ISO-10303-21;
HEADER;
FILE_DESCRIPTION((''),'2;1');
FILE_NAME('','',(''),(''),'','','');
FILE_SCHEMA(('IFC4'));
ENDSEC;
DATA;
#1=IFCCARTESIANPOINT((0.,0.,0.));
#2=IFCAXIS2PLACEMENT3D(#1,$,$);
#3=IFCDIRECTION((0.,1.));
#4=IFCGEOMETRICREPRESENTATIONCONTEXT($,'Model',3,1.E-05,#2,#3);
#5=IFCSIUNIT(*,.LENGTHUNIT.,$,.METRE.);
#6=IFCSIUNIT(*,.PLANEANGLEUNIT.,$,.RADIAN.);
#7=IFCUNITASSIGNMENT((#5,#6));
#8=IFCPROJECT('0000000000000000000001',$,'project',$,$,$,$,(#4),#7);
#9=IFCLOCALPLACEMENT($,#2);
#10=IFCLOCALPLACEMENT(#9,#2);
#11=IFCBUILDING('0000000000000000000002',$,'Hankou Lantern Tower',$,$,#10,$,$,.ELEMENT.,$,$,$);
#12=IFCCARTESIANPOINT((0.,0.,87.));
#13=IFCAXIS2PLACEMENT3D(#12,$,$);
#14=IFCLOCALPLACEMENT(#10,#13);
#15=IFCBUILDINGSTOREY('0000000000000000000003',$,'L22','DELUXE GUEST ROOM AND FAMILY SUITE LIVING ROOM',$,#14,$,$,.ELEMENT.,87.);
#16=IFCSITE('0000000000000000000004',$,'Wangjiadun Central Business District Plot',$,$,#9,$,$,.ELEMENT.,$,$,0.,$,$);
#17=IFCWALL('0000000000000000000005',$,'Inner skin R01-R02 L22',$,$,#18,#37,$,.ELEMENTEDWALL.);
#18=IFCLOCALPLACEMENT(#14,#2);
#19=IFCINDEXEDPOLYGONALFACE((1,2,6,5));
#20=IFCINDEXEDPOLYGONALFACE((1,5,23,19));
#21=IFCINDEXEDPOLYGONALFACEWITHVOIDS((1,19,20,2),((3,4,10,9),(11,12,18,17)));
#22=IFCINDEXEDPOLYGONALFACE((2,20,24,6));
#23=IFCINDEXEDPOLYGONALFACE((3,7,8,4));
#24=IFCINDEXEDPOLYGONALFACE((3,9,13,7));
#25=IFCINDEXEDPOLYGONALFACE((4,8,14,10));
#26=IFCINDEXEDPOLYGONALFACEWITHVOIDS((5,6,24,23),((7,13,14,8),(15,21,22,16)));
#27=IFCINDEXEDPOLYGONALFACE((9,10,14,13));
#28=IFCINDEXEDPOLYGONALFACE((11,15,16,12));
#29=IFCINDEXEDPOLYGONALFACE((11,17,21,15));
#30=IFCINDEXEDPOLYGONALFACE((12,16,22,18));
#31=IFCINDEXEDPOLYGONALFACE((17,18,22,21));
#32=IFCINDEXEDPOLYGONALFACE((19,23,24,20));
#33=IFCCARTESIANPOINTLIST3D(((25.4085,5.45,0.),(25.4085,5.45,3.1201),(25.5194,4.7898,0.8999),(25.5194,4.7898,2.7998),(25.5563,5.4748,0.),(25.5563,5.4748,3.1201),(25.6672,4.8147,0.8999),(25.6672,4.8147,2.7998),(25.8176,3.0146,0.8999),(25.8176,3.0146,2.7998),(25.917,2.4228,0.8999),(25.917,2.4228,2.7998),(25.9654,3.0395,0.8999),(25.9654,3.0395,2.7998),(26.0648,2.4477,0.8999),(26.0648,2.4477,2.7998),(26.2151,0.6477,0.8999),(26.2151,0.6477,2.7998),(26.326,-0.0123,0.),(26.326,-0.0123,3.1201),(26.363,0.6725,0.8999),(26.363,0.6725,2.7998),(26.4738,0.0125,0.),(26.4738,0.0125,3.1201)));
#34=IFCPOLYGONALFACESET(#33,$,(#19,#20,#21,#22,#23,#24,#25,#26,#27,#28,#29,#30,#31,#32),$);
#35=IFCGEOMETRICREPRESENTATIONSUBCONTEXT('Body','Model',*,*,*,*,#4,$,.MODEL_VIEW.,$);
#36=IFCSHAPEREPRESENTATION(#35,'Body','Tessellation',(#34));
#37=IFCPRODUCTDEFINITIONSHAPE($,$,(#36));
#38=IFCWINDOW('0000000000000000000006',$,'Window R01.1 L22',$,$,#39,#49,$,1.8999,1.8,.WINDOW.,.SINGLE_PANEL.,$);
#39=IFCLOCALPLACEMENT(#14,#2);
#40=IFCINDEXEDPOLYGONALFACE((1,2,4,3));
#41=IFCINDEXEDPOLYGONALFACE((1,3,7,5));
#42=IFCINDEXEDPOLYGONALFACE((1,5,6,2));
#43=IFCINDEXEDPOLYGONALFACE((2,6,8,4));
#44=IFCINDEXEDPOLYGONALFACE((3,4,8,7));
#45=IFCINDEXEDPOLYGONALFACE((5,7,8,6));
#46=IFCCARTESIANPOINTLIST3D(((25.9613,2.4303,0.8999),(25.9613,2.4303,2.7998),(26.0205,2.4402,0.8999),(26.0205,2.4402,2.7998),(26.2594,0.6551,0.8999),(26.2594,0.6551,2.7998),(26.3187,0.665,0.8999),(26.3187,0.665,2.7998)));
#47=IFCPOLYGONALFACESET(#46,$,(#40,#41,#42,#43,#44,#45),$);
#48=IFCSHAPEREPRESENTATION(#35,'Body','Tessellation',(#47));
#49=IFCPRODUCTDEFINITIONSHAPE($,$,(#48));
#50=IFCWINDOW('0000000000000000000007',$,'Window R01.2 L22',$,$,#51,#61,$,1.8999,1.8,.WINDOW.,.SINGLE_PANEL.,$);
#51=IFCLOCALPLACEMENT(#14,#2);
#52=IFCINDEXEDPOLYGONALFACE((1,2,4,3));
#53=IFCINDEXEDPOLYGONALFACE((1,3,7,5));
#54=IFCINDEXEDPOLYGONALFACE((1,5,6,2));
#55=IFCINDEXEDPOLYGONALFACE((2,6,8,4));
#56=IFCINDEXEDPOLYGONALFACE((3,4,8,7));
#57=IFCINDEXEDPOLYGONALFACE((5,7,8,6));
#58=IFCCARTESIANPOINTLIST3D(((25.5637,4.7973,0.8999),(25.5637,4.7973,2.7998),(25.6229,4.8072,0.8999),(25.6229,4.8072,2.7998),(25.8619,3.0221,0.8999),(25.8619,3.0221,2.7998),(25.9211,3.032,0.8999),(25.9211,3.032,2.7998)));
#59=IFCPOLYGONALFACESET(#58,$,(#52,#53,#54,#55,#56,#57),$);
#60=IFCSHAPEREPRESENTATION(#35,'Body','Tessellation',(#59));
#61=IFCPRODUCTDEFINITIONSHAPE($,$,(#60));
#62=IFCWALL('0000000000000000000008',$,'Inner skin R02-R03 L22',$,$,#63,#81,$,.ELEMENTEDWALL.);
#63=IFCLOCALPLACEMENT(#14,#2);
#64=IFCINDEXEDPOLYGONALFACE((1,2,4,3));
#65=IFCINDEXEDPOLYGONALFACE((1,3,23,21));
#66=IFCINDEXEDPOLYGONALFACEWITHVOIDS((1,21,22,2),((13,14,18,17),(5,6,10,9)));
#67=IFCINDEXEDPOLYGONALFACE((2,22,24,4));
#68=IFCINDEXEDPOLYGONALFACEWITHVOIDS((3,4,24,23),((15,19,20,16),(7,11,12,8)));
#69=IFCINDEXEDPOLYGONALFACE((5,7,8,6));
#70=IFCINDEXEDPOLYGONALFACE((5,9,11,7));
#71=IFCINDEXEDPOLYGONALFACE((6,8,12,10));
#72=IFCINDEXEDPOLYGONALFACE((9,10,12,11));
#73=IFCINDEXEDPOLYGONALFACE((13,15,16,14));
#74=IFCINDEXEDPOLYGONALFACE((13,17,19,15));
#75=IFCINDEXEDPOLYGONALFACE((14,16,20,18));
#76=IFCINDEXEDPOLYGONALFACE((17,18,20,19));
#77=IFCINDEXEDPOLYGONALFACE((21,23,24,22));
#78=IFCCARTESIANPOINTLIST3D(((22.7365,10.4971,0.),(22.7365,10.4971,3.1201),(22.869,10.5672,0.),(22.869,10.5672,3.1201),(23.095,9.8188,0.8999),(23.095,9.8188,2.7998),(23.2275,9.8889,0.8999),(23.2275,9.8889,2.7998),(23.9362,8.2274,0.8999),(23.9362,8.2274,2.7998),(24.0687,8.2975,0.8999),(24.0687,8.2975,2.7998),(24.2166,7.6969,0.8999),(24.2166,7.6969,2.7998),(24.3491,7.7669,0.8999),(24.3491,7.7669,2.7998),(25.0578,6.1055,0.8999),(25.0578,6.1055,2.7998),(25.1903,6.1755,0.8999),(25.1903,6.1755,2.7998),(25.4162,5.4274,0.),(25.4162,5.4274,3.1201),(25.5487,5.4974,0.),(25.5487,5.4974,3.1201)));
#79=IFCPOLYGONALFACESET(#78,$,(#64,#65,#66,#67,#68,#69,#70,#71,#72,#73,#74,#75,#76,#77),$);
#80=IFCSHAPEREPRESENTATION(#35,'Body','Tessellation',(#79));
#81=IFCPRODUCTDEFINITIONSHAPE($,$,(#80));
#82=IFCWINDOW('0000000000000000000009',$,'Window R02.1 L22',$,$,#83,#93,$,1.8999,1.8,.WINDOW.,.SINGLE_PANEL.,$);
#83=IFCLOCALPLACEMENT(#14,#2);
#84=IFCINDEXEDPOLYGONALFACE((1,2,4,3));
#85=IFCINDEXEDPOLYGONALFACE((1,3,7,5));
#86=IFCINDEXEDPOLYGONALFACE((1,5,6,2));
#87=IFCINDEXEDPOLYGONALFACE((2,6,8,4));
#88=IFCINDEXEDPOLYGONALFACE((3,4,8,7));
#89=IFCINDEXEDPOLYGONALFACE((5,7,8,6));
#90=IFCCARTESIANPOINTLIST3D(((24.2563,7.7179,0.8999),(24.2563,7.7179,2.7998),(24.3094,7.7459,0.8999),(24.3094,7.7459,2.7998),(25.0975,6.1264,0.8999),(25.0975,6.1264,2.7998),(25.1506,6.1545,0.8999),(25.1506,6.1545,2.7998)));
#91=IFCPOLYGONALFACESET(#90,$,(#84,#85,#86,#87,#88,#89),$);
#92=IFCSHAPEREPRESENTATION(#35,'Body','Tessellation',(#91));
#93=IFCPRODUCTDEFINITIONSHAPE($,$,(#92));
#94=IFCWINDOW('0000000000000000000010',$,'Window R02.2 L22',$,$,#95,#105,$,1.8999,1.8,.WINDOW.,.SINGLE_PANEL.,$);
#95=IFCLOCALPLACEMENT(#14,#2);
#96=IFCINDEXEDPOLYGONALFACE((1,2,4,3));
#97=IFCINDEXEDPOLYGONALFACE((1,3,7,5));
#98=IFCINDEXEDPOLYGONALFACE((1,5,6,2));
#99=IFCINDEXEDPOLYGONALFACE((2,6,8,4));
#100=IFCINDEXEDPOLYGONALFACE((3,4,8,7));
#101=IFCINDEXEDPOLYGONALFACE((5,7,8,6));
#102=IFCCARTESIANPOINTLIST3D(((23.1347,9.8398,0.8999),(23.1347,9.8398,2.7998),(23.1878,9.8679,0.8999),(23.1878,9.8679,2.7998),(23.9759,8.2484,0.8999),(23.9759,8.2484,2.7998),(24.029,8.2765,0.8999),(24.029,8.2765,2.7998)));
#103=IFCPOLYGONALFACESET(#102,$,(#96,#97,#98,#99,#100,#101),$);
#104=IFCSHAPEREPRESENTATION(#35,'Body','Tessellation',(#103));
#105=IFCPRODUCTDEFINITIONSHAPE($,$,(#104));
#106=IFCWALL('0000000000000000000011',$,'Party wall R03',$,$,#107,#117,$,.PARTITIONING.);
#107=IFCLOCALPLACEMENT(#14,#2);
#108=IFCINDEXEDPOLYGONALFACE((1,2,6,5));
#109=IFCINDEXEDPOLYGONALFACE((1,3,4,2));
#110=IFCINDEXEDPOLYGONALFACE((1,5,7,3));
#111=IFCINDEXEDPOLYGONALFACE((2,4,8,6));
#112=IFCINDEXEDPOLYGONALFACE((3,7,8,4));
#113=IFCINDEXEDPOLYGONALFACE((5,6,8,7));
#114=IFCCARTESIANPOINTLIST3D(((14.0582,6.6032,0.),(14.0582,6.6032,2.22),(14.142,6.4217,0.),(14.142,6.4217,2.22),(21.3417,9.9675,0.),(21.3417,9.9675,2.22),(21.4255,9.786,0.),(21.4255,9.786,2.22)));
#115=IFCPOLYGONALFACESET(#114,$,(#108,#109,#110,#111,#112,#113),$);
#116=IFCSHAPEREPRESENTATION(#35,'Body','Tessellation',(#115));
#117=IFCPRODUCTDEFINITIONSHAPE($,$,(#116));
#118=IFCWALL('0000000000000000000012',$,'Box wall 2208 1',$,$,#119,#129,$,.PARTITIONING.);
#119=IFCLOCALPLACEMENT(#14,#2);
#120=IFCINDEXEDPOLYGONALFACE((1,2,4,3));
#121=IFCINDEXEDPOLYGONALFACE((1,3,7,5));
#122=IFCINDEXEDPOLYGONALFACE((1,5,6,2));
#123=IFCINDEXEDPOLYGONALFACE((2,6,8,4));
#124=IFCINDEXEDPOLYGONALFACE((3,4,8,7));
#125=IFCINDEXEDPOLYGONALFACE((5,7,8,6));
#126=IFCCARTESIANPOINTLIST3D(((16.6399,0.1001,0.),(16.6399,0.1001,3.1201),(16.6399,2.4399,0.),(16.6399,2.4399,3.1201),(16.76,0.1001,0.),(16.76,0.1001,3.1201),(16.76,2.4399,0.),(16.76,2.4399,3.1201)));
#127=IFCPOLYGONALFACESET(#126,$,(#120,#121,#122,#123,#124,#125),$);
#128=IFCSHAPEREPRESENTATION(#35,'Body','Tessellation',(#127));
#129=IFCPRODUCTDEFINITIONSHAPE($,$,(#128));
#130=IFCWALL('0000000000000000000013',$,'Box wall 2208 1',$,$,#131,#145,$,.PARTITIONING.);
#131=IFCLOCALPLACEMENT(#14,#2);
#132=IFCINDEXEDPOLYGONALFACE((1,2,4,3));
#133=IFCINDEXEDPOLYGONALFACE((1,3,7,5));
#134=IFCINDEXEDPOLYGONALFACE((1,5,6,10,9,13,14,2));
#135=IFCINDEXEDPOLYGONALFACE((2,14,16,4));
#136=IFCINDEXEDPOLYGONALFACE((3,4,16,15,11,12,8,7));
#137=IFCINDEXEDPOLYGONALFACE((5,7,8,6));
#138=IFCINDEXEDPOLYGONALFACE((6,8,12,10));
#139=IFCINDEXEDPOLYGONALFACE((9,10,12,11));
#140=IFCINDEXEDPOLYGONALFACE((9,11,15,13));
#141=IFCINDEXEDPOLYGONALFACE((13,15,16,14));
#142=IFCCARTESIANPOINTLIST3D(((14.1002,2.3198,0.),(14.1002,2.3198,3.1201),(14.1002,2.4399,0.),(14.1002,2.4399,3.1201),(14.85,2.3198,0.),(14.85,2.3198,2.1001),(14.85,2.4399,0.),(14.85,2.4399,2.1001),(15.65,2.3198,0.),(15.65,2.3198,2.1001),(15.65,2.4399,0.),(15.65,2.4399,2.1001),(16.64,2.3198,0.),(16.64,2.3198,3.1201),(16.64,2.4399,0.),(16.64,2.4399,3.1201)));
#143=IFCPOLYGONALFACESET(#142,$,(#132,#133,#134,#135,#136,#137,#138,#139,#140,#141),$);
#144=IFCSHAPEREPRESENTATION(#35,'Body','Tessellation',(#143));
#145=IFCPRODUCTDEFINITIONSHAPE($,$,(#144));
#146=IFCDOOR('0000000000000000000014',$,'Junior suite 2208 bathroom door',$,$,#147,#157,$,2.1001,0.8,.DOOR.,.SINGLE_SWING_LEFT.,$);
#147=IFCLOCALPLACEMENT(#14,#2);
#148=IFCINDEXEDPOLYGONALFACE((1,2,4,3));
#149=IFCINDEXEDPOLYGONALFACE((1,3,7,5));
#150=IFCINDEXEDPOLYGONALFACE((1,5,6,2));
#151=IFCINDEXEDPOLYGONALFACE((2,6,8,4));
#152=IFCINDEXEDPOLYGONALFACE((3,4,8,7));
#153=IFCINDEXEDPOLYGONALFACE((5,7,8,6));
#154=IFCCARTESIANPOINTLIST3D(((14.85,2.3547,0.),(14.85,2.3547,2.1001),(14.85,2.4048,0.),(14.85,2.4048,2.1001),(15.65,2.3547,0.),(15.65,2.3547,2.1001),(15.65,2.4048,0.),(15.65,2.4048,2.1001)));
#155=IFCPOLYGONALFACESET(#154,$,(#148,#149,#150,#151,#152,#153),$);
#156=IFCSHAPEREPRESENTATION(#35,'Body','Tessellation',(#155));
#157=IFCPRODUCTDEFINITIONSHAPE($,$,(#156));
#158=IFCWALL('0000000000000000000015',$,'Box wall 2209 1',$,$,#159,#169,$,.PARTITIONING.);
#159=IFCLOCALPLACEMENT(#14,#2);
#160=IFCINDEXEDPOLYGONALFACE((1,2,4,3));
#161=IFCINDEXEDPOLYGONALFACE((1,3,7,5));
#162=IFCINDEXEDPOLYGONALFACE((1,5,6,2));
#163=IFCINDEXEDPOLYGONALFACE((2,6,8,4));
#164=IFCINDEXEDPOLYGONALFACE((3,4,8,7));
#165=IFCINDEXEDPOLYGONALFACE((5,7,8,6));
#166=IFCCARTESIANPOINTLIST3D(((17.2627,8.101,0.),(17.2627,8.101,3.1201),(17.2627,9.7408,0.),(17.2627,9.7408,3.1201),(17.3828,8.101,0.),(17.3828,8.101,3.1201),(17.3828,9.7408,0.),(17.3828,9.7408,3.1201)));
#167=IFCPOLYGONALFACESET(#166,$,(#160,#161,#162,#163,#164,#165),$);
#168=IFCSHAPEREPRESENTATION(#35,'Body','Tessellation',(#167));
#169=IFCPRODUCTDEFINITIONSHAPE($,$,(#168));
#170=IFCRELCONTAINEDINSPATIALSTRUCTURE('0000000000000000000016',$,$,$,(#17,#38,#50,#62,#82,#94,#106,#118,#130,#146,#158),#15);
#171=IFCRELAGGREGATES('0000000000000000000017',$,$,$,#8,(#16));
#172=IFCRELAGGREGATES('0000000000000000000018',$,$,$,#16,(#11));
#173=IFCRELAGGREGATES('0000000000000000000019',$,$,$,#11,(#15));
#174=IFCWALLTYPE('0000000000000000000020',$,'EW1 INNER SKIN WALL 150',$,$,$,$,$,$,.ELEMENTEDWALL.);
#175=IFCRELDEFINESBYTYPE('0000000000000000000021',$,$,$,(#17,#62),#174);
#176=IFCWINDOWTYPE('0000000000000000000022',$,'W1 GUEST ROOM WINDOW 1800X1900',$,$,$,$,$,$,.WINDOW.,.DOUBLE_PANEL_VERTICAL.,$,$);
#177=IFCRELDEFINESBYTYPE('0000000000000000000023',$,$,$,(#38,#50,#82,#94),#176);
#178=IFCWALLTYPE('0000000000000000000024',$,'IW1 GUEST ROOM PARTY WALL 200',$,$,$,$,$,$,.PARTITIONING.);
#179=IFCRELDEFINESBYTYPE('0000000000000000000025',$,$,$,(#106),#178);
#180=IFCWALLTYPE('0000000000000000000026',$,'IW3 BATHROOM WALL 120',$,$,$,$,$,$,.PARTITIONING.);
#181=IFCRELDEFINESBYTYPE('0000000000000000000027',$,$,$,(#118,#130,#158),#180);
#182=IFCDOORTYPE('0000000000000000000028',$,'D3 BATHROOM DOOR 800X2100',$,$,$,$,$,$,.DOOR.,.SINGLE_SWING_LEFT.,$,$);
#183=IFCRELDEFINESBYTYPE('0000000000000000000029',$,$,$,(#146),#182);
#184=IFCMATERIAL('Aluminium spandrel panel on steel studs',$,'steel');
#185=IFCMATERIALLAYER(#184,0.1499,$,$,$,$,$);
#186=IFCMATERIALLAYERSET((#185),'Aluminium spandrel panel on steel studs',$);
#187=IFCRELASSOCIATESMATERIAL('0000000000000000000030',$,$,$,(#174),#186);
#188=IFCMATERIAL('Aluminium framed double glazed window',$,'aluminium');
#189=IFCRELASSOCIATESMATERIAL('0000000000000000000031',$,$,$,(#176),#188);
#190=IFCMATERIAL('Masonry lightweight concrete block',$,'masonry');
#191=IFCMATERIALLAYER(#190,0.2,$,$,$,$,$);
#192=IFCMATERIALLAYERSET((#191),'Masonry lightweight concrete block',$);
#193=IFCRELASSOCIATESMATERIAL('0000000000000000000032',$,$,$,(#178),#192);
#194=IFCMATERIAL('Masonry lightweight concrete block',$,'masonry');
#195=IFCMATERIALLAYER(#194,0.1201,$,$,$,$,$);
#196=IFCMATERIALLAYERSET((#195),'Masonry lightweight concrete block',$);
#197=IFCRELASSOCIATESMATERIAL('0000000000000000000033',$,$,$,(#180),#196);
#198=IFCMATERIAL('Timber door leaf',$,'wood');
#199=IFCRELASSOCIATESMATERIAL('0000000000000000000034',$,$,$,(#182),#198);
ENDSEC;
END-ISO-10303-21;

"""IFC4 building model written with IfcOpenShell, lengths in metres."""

from ifc_helpers import new_model, si_unit, direction, frame, frame_2d, origin, place, context, subcontext, project, spatial, rectangle, extrude, material, layer, layer_set, type_object, element, fill, save


model = new_model("IFC4")

# Units and contexts
model_context = context("Model", 3, precision=1e-05, world=origin(), true_north=direction((0.0, 1.0)))
body_context = subcontext(model_context, "Body", "Model", "MODEL_VIEW")
ifc_project = project(units=[si_unit("LENGTHUNIT", "METRE"), si_unit("PLANEANGLEUNIT", "RADIAN")], contexts=[model_context])

# Site, building, storey
site_placement = place(None, origin())
site = spatial("IfcSite", under=ifc_project, at=site_placement, Name="Wangjiadun Central Business District Plot", CompositionType="ELEMENT", RefElevation=0.0)
building_placement = place(site_placement, origin())
building = spatial("IfcBuilding", under=site, at=building_placement, Name="Hankou Lantern Tower", CompositionType="ELEMENT")
storey_placement = place(building_placement, frame((0.0, 0.0, 87.0)))
storey = spatial("IfcBuildingStorey", under=building, at=storey_placement, Name="L22", Description="DELUXE GUEST ROOM AND FAMILY SUITE LIVING ROOM", CompositionType="ELEMENT", Elevation=87.0)

# Walls, openings, windows
ifc_material_1 = material(Name="Aluminium spandrel panel on steel studs", Category="steel")
ifc_layer_1 = layer(ifc_material_1, 0.1499)
ifc_layer_set_1 = layer_set([ifc_layer_1], Name="Aluminium spandrel panel on steel studs")
wall_type_1 = type_object("IfcWallType", Name="EW1 INNER SKIN WALL 150", PredefinedType="ELEMENTEDWALL", material=ifc_layer_set_1)
wall_1_placement = place(storey_placement, frame((26.3999, 0.0, 0.0), z_axis=(0.0, 0.0, 1.0), x_axis=(-0.165643, 0.986186, 0.0)))
wall_1 = element("IfcWall", 1, at=wall_1_placement, inside=storey, type_object=wall_type_1, Name="Inner skin R01-R02 L22", PredefinedType="ELEMENTEDWALL", context=body_context, shape_type="SweptSolid", body=[
    extrude(rectangle(XDim=5.5388, YDim=0.1499, at=frame_2d((2.7695, 0.0))), origin(), (0.0, 0.0, 1.0), 3.1201),
])
opening_1_placement = place(wall_1_placement, frame((0.6694, 0.0, 0.8999)))
opening_1 = element("IfcOpeningElement", 2, at=opening_1_placement, cuts=wall_1, PredefinedType="OPENING", context=body_context, shape_type="SweptSolid", body=[
    extrude(rectangle(XDim=1.8, YDim=1.8999, at=frame_2d((0.8999, 0.95))), frame((0.0, 0.085, 0.0), z_axis=(0.0, -1.0, 0.0), x_axis=(1.0, 0.0, 0.0)), (0.0, 0.0, 1.0), 0.1699),
])
opening_2_placement = place(wall_1_placement, frame((3.0696, 0.0, 0.8999)))
opening_2 = element("IfcOpeningElement", 3, at=opening_2_placement, cuts=wall_1, PredefinedType="OPENING", context=body_context, shape_type="SweptSolid", body=[
    extrude(rectangle(XDim=1.8, YDim=1.8999, at=frame_2d((0.8999, 0.95))), frame((0.0, 0.085, 0.0), z_axis=(0.0, -1.0, 0.0), x_axis=(1.0, 0.0, 0.0)), (0.0, 0.0, 1.0), 0.1699),
])
ifc_material_2 = material(Name="Aluminium framed double glazed window", Category="aluminium")
window_type = type_object("IfcWindowType", Name="W1 GUEST ROOM WINDOW 1800X1900", PartitioningType="DOUBLE_PANEL_VERTICAL", PredefinedType="WINDOW", material=ifc_material_2)
window_1_placement = place(opening_1_placement, origin())
window_1 = element("IfcWindow", 4, at=window_1_placement, inside=storey, type_object=window_type, Name="Window R01.1 L22", OverallHeight=1.8999, OverallWidth=1.8, PartitioningType="SINGLE_PANEL", PredefinedType="WINDOW", context=body_context, shape_type="SweptSolid", body=[
    extrude(rectangle(XDim=1.8, YDim=1.8999, at=frame_2d((0.8999, 0.95))), frame((0.0, 0.03, 0.0), z_axis=(0.0, -1.0, 0.0), x_axis=(1.0, 0.0, 0.0)), (0.0, 0.0, 1.0), 0.0601),
])
fill(opening_1, window_1)
window_2_placement = place(opening_2_placement, origin())
window_2 = element("IfcWindow", 5, at=window_2_placement, inside=storey, type_object=window_type, Name="Window R01.2 L22", OverallHeight=1.8999, OverallWidth=1.8, PartitioningType="SINGLE_PANEL", PredefinedType="WINDOW", context=body_context, shape_type="SweptSolid", body=[
    extrude(rectangle(XDim=1.8, YDim=1.8999, at=frame_2d((0.8999, 0.95))), frame((0.0, 0.03, 0.0), z_axis=(0.0, -1.0, 0.0), x_axis=(1.0, 0.0, 0.0)), (0.0, 0.0, 1.0), 0.0601),
])
fill(opening_2, window_2)
wall_2_placement = place(storey_placement, frame((25.4824, 5.4624, 0.0), z_axis=(0.0, 0.0, 1.0), x_axis=(-0.467297, 0.8841, 0.0)))
wall_2 = element("IfcWall", 6, at=wall_2_placement, inside=storey, type_object=wall_type_1, Name="Inner skin R02-R03 L22", PredefinedType="ELEMENTEDWALL", context=body_context, shape_type="SweptSolid", body=[
    extrude(rectangle(XDim=5.7344, YDim=0.1499, at=frame_2d((2.8672, 0.0))), origin(), (0.0, 0.0, 1.0), 3.1201),
])
opening_3_placement = place(wall_2_placement, frame((0.7671, 0.0, 0.8999)))
opening_3 = element("IfcOpeningElement", 7, at=opening_3_placement, cuts=wall_2, PredefinedType="OPENING", context=body_context, shape_type="SweptSolid", body=[
    extrude(rectangle(XDim=1.8, YDim=1.8999, at=frame_2d((0.8999, 0.95))), frame((0.0, 0.085, 0.0), z_axis=(0.0, -1.0, 0.0), x_axis=(1.0, 0.0, 0.0)), (0.0, 0.0, 1.0), 0.1699),
])
opening_4_placement = place(wall_2_placement, frame((3.1672, 0.0, 0.8999)))
opening_4 = element("IfcOpeningElement", 8, at=opening_4_placement, cuts=wall_2, PredefinedType="OPENING", context=body_context, shape_type="SweptSolid", body=[
    extrude(rectangle(XDim=1.8, YDim=1.8999, at=frame_2d((0.8999, 0.95))), frame((0.0, 0.085, 0.0), z_axis=(0.0, -1.0, 0.0), x_axis=(1.0, 0.0, 0.0)), (0.0, 0.0, 1.0), 0.1699),
])
window_3_placement = place(opening_3_placement, origin())
window_3 = element("IfcWindow", 9, at=window_3_placement, inside=storey, type_object=window_type, Name="Window R02.1 L22", OverallHeight=1.8999, OverallWidth=1.8, PartitioningType="SINGLE_PANEL", PredefinedType="WINDOW", context=body_context, shape_type="SweptSolid", body=[
    extrude(rectangle(XDim=1.8, YDim=1.8999, at=frame_2d((0.8999, 0.95))), frame((0.0, 0.03, 0.0), z_axis=(0.0, -1.0, 0.0), x_axis=(1.0, 0.0, 0.0)), (0.0, 0.0, 1.0), 0.0601),
])
fill(opening_3, window_3)
window_4_placement = place(opening_4_placement, origin())
window_4 = element("IfcWindow", 10, at=window_4_placement, inside=storey, type_object=window_type, Name="Window R02.2 L22", OverallHeight=1.8999, OverallWidth=1.8, PartitioningType="SINGLE_PANEL", PredefinedType="WINDOW", context=body_context, shape_type="SweptSolid", body=[
    extrude(rectangle(XDim=1.8, YDim=1.8999, at=frame_2d((0.8999, 0.95))), frame((0.0, 0.03, 0.0), z_axis=(0.0, -1.0, 0.0), x_axis=(1.0, 0.0, 0.0)), (0.0, 0.0, 1.0), 0.0601),
])
fill(opening_4, window_4)

# Walls
ifc_material_3 = material(Name="Masonry lightweight concrete block", Category="masonry")
ifc_layer_2 = layer(ifc_material_3, 0.2)
ifc_layer_set_2 = layer_set([ifc_layer_2], Name="Masonry lightweight concrete block")
wall_type_2 = type_object("IfcWallType", Name="IW1 GUEST ROOM PARTY WALL 200", PredefinedType="PARTITIONING", material=ifc_layer_set_2)
wall_3_placement = place(storey_placement, frame((14.1001, 6.5125, 0.0), z_axis=(0.0, 0.0, 1.0), x_axis=(0.907833, 0.419332, 0.0)))
element("IfcWall", 11, at=wall_3_placement, inside=storey, type_object=wall_type_2, Name="Party wall R03", PredefinedType="PARTITIONING", context=body_context, shape_type="SweptSolid", body=[
    extrude(rectangle(XDim=8.0229, YDim=0.2, at=frame_2d((4.0115, 0.0))), origin(), (0.0, 0.0, 1.0), 2.22),
])
ifc_material_4 = material(Name="Masonry lightweight concrete block", Category="masonry")
ifc_layer_3 = layer(ifc_material_4, 0.1201)
ifc_layer_set_3 = layer_set([ifc_layer_3], Name="Masonry lightweight concrete block")
wall_type_3 = type_object("IfcWallType", Name="IW3 BATHROOM WALL 120", PredefinedType="PARTITIONING", material=ifc_layer_set_3)
wall_4_placement = place(storey_placement, frame((16.7, 0.1001, 0.0), z_axis=(0.0, 0.0, 1.0), x_axis=(0.0, 1.0, 0.0)))
element("IfcWall", 12, at=wall_4_placement, inside=storey, type_object=wall_type_3, Name="Box wall 2208 1", PredefinedType="PARTITIONING", context=body_context, shape_type="SweptSolid", body=[
    extrude(rectangle(XDim=2.3398, YDim=0.1201, at=frame_2d((1.1699, 0.0))), origin(), (0.0, 0.0, 1.0), 3.1201),
])

# Wall, opening, door
wall_5_placement = place(storey_placement, frame((14.1001, 2.3799, 0.0), z_axis=(0.0, 0.0, 1.0), x_axis=(1.0, 0.0, 0.0)))
wall_5 = element("IfcWall", 13, at=wall_5_placement, inside=storey, type_object=wall_type_3, Name="Box wall 2208 1", PredefinedType="PARTITIONING", context=body_context, shape_type="SweptSolid", body=[
    extrude(rectangle(XDim=2.5398, YDim=0.1201, at=frame_2d((1.27, 0.0))), origin(), (0.0, 0.0, 1.0), 3.1201),
])
opening_5_placement = place(wall_5_placement, frame((0.75, 0.0, 0.0)))
opening_5 = element("IfcOpeningElement", 14, at=opening_5_placement, cuts=wall_5, PredefinedType="OPENING", context=body_context, shape_type="SweptSolid", body=[
    extrude(rectangle(XDim=0.8, YDim=2.1001, at=frame_2d((0.3999, 1.05))), frame((0.0, 0.0701, 0.0), z_axis=(0.0, -1.0, 0.0), x_axis=(1.0, 0.0, 0.0)), (0.0, 0.0, 1.0), 0.1401),
])
ifc_material_5 = material(Name="Timber door leaf", Category="wood")
door_type = type_object("IfcDoorType", Name="D3 BATHROOM DOOR 800X2100", OperationType="SINGLE_SWING_LEFT", PredefinedType="DOOR", material=ifc_material_5)
door_1_placement = place(opening_5_placement, origin())
door_1 = element("IfcDoor", 15, at=door_1_placement, inside=storey, type_object=door_type, Name="Junior suite 2208 bathroom door", OperationType="SINGLE_SWING_LEFT", OverallHeight=2.1001, OverallWidth=0.8, PredefinedType="DOOR", context=body_context, shape_type="SweptSolid", body=[
    extrude(rectangle(XDim=0.8, YDim=2.1001, at=frame_2d((0.3999, 1.05))), frame((0.0, 0.0249, 0.0), z_axis=(0.0, -1.0, 0.0), x_axis=(1.0, 0.0, 0.0)), (0.0, 0.0, 1.0), 0.05),
])
fill(opening_5, door_1)

# Wall
wall_6_placement = place(storey_placement, frame((17.3228, 8.1011, 0.0), z_axis=(0.0, 0.0, 1.0), x_axis=(0.0, 1.0, 0.0)))
element("IfcWall", 16, at=wall_6_placement, inside=storey, type_object=wall_type_3, Name="Box wall 2209 1", PredefinedType="PARTITIONING", context=body_context, shape_type="SweptSolid", body=[
    extrude(rectangle(XDim=1.6399, YDim=0.1201, at=frame_2d((0.8198, 0.0))), origin(), (0.0, 0.0, 1.0), 3.1201),
])

save(model, "model.ifc")
